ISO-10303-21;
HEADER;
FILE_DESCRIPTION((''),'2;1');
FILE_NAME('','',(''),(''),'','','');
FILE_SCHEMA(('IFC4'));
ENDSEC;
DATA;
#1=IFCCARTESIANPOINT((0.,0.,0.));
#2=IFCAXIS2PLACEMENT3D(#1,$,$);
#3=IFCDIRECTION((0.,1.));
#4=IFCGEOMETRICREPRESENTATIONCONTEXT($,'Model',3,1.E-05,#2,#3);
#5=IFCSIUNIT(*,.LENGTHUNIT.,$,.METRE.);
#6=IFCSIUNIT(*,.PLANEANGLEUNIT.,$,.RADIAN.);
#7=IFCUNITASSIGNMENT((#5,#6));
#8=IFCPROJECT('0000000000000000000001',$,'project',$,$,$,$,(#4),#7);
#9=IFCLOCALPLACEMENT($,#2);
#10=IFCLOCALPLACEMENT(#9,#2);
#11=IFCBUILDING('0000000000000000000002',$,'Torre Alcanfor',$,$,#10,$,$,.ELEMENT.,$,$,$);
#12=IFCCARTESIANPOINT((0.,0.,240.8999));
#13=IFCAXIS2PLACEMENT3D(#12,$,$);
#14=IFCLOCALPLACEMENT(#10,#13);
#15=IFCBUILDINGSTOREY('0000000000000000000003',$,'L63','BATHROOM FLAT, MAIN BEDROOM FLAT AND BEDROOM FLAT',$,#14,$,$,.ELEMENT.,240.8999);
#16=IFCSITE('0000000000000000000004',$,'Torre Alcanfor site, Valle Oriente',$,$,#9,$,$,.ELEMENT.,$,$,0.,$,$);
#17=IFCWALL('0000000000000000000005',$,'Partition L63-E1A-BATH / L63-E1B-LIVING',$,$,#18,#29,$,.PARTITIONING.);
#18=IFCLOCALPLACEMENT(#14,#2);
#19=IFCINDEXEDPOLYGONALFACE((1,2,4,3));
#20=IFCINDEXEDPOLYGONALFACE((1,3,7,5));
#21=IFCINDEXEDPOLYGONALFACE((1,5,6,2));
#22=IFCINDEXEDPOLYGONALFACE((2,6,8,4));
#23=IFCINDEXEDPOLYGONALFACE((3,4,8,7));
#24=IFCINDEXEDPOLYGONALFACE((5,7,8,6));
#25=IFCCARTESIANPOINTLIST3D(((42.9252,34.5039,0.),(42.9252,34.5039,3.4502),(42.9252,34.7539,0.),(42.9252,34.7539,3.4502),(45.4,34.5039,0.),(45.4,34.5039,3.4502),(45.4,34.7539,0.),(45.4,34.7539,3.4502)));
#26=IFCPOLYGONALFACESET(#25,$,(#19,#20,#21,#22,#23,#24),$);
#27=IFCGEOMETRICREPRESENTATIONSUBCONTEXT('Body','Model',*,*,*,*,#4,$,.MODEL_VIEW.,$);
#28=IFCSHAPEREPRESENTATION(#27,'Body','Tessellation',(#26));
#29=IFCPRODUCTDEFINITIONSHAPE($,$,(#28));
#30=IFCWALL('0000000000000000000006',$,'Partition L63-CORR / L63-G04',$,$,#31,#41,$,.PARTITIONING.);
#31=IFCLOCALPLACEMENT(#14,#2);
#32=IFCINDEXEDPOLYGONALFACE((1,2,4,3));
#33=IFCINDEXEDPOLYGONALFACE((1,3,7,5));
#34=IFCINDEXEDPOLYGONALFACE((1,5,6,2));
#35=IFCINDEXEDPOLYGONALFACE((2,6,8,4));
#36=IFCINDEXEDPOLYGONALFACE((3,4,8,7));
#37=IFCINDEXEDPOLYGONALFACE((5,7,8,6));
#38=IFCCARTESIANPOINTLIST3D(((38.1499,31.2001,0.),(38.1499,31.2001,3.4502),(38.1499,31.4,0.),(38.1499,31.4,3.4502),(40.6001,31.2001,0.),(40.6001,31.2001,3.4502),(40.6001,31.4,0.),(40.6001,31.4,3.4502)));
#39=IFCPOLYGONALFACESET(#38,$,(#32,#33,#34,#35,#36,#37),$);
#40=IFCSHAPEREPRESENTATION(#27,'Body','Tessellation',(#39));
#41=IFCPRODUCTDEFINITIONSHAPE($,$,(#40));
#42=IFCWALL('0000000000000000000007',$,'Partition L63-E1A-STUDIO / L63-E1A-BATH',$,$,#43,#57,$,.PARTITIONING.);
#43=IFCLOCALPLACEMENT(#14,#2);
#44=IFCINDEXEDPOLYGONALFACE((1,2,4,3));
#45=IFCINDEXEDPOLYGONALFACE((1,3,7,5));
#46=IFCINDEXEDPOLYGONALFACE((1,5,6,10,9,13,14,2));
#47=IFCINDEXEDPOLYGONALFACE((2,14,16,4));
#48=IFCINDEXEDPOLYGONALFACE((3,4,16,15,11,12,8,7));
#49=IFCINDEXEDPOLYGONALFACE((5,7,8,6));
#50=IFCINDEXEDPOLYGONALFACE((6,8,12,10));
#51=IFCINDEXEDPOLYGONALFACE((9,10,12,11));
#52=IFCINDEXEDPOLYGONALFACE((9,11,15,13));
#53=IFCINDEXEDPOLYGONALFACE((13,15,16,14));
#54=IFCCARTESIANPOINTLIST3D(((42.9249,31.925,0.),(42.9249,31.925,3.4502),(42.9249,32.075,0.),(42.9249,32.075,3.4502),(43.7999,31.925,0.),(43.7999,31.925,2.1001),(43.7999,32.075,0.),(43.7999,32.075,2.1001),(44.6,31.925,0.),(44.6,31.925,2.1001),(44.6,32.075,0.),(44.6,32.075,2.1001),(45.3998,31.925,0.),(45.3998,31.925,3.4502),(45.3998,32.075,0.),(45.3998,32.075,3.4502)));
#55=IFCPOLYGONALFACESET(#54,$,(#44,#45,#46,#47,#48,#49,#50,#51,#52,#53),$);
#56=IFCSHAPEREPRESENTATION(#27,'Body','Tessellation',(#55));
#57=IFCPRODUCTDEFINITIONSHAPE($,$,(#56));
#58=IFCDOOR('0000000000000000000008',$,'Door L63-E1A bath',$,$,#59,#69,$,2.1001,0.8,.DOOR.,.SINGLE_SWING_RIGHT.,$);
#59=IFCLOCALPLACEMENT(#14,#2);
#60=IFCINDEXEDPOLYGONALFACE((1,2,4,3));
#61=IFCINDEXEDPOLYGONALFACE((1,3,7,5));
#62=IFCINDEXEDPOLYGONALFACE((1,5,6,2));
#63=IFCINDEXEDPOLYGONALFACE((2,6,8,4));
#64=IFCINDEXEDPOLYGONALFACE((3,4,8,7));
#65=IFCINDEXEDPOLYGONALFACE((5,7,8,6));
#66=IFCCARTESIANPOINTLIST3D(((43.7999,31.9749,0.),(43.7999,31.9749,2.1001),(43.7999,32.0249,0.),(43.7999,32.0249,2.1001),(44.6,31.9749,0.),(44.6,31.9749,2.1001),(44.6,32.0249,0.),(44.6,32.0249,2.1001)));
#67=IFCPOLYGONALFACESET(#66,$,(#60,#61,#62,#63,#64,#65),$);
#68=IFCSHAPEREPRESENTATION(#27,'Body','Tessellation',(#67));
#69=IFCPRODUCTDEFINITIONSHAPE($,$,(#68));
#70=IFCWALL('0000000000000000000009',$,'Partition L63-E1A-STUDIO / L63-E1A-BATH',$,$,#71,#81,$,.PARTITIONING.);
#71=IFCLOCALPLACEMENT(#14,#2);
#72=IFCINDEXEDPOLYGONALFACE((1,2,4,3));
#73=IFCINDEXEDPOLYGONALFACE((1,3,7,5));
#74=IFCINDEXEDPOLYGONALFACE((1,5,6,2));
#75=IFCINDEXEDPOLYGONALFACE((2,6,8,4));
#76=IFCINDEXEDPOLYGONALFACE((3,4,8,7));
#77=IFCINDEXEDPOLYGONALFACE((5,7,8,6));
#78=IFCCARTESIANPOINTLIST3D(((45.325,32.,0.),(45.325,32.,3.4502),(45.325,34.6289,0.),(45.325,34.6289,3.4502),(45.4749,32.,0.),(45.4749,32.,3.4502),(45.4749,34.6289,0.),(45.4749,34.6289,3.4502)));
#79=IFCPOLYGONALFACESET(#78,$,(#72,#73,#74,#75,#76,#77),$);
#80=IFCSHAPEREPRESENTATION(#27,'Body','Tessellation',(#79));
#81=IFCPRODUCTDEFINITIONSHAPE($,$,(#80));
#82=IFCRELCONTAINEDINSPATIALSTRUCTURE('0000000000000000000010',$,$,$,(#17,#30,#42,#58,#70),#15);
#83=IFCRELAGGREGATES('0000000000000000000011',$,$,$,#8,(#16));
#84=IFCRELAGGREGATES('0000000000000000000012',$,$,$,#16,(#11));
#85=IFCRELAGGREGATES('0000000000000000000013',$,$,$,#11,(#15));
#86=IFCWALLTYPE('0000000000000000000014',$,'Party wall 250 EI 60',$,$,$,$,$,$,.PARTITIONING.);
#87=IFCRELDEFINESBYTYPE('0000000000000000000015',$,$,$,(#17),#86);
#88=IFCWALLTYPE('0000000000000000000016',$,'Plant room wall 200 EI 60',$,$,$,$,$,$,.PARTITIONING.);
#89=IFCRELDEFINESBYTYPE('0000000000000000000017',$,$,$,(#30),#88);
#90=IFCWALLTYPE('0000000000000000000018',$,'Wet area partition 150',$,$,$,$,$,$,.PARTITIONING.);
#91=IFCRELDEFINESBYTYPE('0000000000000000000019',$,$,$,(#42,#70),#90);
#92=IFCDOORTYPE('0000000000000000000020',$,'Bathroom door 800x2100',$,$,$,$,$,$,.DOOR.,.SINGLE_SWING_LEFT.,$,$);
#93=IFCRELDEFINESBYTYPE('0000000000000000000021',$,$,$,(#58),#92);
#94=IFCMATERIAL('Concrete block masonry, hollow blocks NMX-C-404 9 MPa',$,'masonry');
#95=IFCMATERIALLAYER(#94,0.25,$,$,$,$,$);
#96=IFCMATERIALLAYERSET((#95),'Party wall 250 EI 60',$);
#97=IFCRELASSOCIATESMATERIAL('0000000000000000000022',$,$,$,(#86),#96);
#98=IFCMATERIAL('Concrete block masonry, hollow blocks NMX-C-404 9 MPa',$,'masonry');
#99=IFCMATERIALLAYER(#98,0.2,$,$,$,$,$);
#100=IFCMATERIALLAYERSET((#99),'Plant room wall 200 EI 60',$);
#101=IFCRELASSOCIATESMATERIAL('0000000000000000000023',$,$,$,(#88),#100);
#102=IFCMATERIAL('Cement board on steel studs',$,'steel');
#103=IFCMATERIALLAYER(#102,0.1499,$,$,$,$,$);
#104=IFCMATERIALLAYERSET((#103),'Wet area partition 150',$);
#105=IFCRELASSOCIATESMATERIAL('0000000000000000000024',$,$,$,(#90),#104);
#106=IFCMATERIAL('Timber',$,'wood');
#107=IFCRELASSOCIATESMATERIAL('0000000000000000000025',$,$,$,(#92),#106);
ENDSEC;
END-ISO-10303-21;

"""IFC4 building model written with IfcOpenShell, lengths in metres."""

from ifc_helpers import new_model, si_unit, direction, frame, frame_2d, origin, place, context, subcontext, project, spatial, rectangle, extrude, material, layer, layer_set, type_object, element, fill, save


model = new_model("IFC4")

# Units and contexts
model_context = context("Model", 3, precision=1e-05, world=origin(), true_north=direction((0.0, 1.0)))
body_context = subcontext(model_context, "Body", "Model", "MODEL_VIEW")
ifc_project = project(units=[si_unit("LENGTHUNIT", "METRE"), si_unit("PLANEANGLEUNIT", "RADIAN")], contexts=[model_context])

# Site, building, storey
site_placement = place(None, origin())
site = spatial("IfcSite", under=ifc_project, at=site_placement, Name="Torre Alcanfor site, Valle Oriente", CompositionType="ELEMENT", RefElevation=0.0)
building_placement = place(site_placement, origin())
building = spatial("IfcBuilding", under=site, at=building_placement, Name="Torre Alcanfor", CompositionType="ELEMENT")
storey_placement = place(building_placement, frame((0.0, 0.0, 240.8999)))
storey = spatial("IfcBuildingStorey", under=building, at=storey_placement, Name="L63", Description="BATHROOM FLAT, MAIN BEDROOM FLAT AND BEDROOM FLAT", CompositionType="ELEMENT", Elevation=240.8999)

# Walls
ifc_material_1 = material(Name="Concrete block masonry, hollow blocks NMX-C-404 9 MPa", Category="masonry")
ifc_layer_1 = layer(ifc_material_1, 0.25)
ifc_layer_set_1 = layer_set([ifc_layer_1], Name="Party wall 250 EI 60")
wall_type_1 = type_object("IfcWallType", Name="Party wall 250 EI 60", PredefinedType="PARTITIONING", material=ifc_layer_set_1)
wall_1_placement = place(storey_placement, frame((45.3999, 34.6289, 0.0), z_axis=(0.0, 0.0, 1.0), x_axis=(-1.0, 0.0, 0.0)))
element("IfcWall", 1, at=wall_1_placement, inside=storey, type_object=wall_type_1, Name="Partition L63-E1A-BATH / L63-E1B-LIVING", PredefinedType="PARTITIONING", context=body_context, shape_type="SweptSolid", body=[
    extrude(rectangle(XDim=2.4749, YDim=0.25, at=frame_2d((1.2373, 0.0))), origin(), (0.0, 0.0, 1.0), 3.4502),
])
ifc_material_2 = material(Name="Concrete block masonry, hollow blocks NMX-C-404 9 MPa", Category="masonry")
ifc_layer_2 = layer(ifc_material_2, 0.2)
ifc_layer_set_2 = layer_set([ifc_layer_2], Name="Plant room wall 200 EI 60")
wall_type_2 = type_object("IfcWallType", Name="Plant room wall 200 EI 60", PredefinedType="PARTITIONING", material=ifc_layer_set_2)
wall_2_placement = place(storey_placement, frame((40.6001, 31.3, 0.0), z_axis=(0.0, 0.0, 1.0), x_axis=(-1.0, 0.0, 0.0)))
element("IfcWall", 2, at=wall_2_placement, inside=storey, type_object=wall_type_2, Name="Partition L63-CORR / L63-G04", PredefinedType="PARTITIONING", context=body_context, shape_type="SweptSolid", body=[
    extrude(rectangle(XDim=2.4502, YDim=0.2, at=frame_2d((1.2251, 0.0))), origin(), (0.0, 0.0, 1.0), 3.4502),
])

# Wall, opening, door
ifc_material_3 = material(Name="Cement board on steel studs", Category="steel")
ifc_layer_3 = layer(ifc_material_3, 0.1499)
ifc_layer_set_3 = layer_set([ifc_layer_3], Name="Wet area partition 150")
wall_type_3 = type_object("IfcWallType", Name="Wet area partition 150", PredefinedType="PARTITIONING", material=ifc_layer_set_3)
wall_3_placement = place(storey_placement, frame((42.925, 32.0, 0.0), z_axis=(0.0, 0.0, 1.0), x_axis=(1.0, 0.0, 0.0)))
wall_3 = element("IfcWall", 3, at=wall_3_placement, inside=storey, type_object=wall_type_3, Name="Partition L63-E1A-STUDIO / L63-E1A-BATH", PredefinedType="PARTITIONING", context=body_context, shape_type="SweptSolid", body=[
    extrude(rectangle(XDim=2.4749, YDim=0.1499, at=frame_2d((1.2373, 0.0))), origin(), (0.0, 0.0, 1.0), 3.4502),
])
opening_1_placement = place(wall_3_placement, frame((0.875, 0.0, 0.0)))
opening_1 = element("IfcOpeningElement", 4, at=opening_1_placement, cuts=wall_3, PredefinedType="OPENING", context=body_context, shape_type="SweptSolid", body=[
    extrude(rectangle(XDim=0.8, YDim=2.1001, at=frame_2d((0.3999, 1.05))), frame((0.0, 0.085, 0.0), z_axis=(0.0, -1.0, 0.0), x_axis=(1.0, 0.0, 0.0)), (0.0, 0.0, 1.0), 0.1699),
])
ifc_material_4 = material(Name="Timber", Category="wood")
door_type_1 = type_object("IfcDoorType", Name="Bathroom door 800x2100", OperationType="SINGLE_SWING_LEFT", PredefinedType="DOOR", material=ifc_material_4)
door_1_placement = place(opening_1_placement, origin())
door_1 = element("IfcDoor", 5, at=door_1_placement, inside=storey, type_object=door_type_1, Name="Door L63-E1A bath", OperationType="SINGLE_SWING_RIGHT", OverallHeight=2.1001, OverallWidth=0.8, PredefinedType="DOOR", context=body_context, shape_type="SweptSolid", body=[
    extrude(rectangle(XDim=0.8, YDim=2.1001, at=frame_2d((0.3999, 1.05))), frame((0.0, 0.0249, 0.0), z_axis=(0.0, -1.0, 0.0), x_axis=(1.0, 0.0, 0.0)), (0.0, 0.0, 1.0), 0.05),
])
fill(opening_1, door_1)

# Wall
wall_4_placement = place(storey_placement, frame((45.3999, 32.0, 0.0), z_axis=(0.0, 0.0, 1.0), x_axis=(0.0, 1.0, 0.0)))
element("IfcWall", 6, at=wall_4_placement, inside=storey, type_object=wall_type_3, Name="Partition L63-E1A-STUDIO / L63-E1A-BATH", PredefinedType="PARTITIONING", context=body_context, shape_type="SweptSolid", body=[
    extrude(rectangle(XDim=2.6289, YDim=0.1499, at=frame_2d((1.3145, 0.0))), origin(), (0.0, 0.0, 1.0), 3.4502),
])

save(model, "model.ifc")
